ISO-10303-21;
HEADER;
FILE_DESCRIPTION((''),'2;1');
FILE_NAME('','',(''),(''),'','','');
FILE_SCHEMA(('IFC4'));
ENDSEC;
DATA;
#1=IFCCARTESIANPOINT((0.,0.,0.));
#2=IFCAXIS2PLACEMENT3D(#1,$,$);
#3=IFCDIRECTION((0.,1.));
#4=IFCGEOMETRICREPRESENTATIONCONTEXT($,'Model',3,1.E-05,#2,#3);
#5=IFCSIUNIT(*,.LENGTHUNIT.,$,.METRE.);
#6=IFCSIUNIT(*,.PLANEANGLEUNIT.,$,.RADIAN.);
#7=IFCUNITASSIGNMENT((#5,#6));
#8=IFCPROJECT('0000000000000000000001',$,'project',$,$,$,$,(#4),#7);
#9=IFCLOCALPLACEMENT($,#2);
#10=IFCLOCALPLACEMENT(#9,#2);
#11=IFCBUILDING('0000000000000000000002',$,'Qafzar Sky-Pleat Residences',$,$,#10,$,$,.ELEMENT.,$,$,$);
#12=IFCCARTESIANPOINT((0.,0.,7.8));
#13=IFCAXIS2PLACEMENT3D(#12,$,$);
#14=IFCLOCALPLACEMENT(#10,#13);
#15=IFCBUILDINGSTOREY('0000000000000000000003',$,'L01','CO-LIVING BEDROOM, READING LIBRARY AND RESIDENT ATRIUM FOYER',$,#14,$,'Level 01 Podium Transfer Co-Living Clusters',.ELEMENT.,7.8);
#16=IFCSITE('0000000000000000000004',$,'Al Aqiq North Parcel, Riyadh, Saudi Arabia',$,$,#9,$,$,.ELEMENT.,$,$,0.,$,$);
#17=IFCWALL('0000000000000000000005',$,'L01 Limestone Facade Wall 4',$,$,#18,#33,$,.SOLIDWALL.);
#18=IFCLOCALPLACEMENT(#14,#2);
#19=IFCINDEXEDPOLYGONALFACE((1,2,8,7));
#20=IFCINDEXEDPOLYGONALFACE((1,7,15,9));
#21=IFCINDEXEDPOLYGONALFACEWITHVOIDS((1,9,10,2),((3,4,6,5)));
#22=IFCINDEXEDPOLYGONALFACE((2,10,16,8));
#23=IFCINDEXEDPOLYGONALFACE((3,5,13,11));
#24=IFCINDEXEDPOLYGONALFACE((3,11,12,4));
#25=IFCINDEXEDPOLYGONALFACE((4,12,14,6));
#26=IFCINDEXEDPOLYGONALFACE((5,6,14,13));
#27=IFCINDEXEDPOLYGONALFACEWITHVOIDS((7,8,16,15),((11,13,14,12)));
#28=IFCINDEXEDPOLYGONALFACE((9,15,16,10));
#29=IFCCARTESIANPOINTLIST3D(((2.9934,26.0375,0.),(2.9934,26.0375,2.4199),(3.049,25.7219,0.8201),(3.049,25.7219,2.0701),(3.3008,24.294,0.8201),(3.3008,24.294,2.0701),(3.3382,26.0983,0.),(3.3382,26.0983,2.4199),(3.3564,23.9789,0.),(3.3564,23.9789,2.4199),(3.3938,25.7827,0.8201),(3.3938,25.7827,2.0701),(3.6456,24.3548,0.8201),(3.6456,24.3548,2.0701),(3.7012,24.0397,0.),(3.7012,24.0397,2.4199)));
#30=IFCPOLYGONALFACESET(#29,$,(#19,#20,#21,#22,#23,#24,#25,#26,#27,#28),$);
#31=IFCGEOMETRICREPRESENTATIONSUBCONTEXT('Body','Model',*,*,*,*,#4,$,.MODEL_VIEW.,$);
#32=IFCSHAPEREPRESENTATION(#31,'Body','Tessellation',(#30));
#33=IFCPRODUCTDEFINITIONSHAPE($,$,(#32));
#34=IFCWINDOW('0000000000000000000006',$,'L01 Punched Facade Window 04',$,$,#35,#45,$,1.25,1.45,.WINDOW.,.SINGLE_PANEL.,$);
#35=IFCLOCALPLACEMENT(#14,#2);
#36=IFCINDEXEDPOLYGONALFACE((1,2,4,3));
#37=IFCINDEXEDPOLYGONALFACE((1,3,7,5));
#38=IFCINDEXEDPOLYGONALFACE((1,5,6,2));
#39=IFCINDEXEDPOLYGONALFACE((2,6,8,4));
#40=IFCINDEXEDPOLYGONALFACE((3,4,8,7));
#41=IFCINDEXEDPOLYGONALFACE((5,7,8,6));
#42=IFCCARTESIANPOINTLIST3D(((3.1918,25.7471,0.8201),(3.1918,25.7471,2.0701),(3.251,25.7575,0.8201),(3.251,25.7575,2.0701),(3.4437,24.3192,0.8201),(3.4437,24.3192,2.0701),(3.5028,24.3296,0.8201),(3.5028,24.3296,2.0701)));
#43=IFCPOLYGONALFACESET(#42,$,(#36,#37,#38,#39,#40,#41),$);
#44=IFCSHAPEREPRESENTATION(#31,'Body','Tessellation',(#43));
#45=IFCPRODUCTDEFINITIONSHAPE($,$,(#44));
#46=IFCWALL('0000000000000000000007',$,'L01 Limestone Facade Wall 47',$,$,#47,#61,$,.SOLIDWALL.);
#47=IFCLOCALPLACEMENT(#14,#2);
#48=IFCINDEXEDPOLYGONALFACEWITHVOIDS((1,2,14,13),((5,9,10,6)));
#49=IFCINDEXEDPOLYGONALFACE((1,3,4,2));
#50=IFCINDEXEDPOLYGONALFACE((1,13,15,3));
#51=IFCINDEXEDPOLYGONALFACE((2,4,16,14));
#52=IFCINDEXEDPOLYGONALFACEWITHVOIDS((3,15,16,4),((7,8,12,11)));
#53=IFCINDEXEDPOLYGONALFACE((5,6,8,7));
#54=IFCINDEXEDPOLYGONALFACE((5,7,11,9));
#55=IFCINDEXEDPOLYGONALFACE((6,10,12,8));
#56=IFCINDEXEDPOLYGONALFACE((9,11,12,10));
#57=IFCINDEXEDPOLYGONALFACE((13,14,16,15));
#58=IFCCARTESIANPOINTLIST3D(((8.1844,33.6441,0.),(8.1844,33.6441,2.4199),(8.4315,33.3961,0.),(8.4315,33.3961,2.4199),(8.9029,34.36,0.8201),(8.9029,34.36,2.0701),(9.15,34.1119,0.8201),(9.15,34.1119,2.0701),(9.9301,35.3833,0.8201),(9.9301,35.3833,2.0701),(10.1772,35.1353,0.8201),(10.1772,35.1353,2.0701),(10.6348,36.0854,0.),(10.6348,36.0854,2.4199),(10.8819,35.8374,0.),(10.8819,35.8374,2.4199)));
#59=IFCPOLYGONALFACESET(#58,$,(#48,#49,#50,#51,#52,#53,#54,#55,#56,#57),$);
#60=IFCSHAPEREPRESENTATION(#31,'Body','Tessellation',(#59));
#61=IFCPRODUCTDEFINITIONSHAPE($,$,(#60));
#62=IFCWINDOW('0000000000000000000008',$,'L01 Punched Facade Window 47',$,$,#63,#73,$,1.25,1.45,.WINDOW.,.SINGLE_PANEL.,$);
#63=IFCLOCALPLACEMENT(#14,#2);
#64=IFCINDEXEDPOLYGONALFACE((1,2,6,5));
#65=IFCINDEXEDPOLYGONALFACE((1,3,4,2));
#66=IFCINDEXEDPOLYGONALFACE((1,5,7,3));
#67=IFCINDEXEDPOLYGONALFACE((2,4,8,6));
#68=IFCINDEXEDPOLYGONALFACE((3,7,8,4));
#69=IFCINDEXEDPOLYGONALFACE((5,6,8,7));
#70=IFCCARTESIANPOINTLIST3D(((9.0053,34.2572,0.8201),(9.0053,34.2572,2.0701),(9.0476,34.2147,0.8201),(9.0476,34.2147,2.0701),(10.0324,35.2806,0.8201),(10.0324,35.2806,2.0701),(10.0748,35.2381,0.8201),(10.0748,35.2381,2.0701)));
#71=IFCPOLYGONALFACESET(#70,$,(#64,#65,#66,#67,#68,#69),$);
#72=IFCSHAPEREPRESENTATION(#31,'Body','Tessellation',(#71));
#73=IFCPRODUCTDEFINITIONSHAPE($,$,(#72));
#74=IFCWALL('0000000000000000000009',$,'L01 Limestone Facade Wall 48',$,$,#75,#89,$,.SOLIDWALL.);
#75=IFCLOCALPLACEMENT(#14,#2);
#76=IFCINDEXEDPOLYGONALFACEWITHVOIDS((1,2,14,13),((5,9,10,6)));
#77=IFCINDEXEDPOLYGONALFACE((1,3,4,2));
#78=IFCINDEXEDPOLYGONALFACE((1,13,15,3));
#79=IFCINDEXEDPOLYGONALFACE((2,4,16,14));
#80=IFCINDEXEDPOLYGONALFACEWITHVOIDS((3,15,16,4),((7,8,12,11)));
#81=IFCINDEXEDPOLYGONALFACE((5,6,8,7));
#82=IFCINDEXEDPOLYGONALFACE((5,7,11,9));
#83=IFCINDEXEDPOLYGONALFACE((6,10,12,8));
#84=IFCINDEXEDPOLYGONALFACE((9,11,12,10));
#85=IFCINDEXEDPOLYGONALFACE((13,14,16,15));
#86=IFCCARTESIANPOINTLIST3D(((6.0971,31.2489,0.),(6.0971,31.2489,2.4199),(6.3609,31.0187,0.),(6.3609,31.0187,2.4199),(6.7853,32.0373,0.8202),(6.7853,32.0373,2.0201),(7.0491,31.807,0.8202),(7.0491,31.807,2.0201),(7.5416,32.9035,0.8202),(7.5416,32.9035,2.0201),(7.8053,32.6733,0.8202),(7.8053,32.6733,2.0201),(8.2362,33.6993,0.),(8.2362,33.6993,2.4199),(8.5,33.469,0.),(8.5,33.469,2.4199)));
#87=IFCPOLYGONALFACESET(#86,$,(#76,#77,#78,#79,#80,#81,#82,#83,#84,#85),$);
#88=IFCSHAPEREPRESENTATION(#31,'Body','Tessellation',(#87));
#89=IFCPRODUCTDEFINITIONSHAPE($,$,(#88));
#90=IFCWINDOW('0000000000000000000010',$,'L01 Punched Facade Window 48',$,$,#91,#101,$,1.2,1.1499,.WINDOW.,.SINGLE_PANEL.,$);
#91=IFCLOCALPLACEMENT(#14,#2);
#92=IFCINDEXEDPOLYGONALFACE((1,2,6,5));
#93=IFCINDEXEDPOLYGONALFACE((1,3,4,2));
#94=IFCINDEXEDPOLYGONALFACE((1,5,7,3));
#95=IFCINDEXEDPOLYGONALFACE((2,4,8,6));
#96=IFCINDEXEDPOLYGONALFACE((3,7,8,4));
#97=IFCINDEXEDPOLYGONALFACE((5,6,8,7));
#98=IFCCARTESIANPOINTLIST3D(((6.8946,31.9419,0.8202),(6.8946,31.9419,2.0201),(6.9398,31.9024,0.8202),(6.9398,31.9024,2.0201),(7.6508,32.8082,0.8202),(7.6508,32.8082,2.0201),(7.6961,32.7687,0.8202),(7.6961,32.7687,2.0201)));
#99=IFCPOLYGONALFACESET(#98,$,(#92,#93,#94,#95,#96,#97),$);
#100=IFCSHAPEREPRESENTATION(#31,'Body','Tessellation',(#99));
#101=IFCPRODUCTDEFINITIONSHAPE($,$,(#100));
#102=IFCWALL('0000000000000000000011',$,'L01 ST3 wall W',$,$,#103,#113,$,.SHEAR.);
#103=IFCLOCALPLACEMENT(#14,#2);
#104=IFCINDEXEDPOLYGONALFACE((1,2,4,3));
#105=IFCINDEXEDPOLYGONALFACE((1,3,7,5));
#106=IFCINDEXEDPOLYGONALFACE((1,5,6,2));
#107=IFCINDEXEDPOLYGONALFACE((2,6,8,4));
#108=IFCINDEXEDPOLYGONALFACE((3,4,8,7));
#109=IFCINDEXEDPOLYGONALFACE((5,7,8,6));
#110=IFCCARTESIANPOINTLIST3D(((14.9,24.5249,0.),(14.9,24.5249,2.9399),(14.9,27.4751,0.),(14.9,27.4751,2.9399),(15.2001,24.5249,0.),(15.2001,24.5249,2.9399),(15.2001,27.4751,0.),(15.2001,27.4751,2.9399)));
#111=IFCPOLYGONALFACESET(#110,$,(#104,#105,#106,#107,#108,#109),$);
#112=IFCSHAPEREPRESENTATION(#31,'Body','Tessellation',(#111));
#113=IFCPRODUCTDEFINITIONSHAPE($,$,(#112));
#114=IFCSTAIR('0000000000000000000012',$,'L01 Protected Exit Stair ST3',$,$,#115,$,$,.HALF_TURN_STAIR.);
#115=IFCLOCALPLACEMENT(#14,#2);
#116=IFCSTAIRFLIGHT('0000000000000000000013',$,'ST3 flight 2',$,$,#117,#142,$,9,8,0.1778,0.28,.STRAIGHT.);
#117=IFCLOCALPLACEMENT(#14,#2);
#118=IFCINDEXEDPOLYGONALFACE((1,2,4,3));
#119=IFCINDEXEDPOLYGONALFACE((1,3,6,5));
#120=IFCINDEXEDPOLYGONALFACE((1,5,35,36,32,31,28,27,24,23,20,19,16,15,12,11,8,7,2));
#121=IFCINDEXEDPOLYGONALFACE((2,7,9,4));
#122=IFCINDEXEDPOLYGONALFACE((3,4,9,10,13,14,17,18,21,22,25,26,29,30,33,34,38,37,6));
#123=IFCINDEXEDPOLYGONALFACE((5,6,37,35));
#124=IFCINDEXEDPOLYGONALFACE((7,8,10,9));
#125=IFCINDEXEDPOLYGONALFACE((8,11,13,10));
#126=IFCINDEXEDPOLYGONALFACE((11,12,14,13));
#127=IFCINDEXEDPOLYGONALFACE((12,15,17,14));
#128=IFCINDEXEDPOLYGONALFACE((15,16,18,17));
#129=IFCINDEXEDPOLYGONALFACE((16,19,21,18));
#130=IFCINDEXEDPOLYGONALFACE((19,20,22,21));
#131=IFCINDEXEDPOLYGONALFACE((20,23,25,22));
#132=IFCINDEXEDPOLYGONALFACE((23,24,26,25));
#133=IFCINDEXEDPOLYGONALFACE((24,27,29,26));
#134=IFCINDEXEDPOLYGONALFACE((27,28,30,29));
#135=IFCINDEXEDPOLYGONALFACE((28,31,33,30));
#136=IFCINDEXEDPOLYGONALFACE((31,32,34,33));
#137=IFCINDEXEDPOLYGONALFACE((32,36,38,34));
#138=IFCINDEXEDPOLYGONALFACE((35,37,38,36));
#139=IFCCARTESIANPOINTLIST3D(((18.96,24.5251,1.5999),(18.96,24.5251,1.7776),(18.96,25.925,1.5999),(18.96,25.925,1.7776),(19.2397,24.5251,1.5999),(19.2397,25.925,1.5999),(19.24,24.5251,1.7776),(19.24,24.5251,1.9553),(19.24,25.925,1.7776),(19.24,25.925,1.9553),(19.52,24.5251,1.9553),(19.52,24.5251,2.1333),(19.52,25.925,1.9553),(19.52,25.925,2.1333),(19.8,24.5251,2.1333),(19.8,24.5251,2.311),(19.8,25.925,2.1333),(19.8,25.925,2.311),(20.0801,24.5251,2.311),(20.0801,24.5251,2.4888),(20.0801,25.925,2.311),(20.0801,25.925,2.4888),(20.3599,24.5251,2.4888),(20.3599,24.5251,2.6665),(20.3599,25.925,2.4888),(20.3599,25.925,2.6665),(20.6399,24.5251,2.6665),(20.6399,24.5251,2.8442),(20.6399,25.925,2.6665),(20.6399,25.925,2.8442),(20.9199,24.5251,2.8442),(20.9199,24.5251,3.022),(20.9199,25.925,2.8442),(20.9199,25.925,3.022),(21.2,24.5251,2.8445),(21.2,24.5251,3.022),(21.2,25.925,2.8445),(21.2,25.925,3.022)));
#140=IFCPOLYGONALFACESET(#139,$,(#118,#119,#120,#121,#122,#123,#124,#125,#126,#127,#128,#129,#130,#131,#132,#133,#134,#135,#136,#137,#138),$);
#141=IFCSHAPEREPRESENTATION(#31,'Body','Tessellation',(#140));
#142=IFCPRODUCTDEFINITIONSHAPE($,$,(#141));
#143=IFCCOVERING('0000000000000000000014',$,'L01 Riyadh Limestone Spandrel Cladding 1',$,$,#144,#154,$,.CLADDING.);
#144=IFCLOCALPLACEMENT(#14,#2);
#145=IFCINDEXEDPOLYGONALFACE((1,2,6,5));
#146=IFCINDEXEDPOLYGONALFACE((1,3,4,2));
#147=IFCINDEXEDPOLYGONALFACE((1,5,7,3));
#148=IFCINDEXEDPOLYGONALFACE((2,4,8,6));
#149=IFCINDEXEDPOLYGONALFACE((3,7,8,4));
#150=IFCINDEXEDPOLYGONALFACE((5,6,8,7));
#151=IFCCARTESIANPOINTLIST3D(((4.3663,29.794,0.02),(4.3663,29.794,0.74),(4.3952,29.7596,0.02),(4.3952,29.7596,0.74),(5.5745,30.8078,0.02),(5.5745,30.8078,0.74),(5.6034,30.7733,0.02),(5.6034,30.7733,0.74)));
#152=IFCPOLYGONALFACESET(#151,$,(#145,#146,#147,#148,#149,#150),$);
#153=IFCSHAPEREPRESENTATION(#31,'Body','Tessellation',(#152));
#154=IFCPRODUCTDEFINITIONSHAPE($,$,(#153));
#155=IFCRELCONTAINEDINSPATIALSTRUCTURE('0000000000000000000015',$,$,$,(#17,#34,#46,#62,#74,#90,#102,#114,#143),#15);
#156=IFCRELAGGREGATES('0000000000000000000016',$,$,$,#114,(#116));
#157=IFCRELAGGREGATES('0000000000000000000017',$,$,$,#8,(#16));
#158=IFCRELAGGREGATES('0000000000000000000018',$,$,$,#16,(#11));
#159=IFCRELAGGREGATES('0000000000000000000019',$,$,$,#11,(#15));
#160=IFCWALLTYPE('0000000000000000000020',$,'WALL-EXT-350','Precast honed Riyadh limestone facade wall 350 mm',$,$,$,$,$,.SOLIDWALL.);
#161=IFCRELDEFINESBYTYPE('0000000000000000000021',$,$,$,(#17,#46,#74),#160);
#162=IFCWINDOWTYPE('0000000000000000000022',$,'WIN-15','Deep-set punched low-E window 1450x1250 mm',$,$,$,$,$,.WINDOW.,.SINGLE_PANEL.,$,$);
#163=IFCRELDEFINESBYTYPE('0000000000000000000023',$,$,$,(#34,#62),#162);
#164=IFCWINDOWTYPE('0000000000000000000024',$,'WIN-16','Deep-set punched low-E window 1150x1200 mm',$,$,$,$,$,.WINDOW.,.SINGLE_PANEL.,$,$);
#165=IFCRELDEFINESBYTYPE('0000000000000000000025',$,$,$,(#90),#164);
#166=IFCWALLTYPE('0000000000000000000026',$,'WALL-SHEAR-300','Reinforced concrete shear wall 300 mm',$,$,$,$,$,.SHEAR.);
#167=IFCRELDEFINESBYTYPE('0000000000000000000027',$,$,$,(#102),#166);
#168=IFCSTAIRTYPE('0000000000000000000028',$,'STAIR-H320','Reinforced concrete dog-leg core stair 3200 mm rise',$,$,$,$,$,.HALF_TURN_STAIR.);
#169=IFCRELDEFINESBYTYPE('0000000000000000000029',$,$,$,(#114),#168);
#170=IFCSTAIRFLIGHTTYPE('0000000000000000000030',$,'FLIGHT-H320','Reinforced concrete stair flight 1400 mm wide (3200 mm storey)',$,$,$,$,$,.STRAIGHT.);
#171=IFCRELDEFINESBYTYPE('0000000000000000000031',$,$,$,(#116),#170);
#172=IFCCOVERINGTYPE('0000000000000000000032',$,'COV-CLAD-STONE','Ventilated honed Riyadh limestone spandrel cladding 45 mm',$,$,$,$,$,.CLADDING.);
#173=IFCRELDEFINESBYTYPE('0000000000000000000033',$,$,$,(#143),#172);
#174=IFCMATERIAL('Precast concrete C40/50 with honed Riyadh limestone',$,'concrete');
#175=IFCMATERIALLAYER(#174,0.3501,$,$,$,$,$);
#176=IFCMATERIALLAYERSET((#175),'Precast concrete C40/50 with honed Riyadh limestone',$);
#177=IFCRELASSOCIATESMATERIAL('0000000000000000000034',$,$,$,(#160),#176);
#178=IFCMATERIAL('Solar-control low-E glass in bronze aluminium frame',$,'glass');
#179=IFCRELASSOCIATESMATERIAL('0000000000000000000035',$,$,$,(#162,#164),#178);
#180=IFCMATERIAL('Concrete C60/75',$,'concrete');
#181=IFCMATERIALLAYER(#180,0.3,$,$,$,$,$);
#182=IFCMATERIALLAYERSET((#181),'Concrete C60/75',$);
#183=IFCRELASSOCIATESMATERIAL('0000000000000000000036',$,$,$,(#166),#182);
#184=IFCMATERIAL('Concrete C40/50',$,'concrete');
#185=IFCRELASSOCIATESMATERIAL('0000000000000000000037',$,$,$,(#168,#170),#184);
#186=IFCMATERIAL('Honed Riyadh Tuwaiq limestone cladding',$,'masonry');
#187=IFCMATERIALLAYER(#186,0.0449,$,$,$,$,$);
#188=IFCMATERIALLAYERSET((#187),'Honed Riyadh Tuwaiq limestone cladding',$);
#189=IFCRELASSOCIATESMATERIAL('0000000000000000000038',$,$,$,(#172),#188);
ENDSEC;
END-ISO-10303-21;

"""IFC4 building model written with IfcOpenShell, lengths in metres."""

from ifc_helpers import new_model, si_unit, direction, frame, frame_2d, origin, origin_2d, place, context, subcontext, project, spatial, polyline, rectangle, outline, extrude, source, transform, mapped, material, layer, layer_set, type_object, element, fill, aggregate, save


model = new_model("IFC4")

# Units and contexts
model_context = context("Model", 3, precision=1e-05, world=origin(), true_north=direction((0.0, 1.0)))
body_context = subcontext(model_context, "Body", "Model", "MODEL_VIEW")
ifc_project = project(units=[si_unit("LENGTHUNIT", "METRE"), si_unit("PLANEANGLEUNIT", "RADIAN")], contexts=[model_context])

# Site, building, storey
site_placement = place(None, origin())
site = spatial("IfcSite", under=ifc_project, at=site_placement, Name="Al Aqiq North Parcel, Riyadh, Saudi Arabia", CompositionType="ELEMENT", RefElevation=0.0)
building_placement = place(site_placement, origin())
building = spatial("IfcBuilding", under=site, at=building_placement, Name="Qafzar Sky-Pleat Residences", CompositionType="ELEMENT")
storey_placement = place(building_placement, frame((0.0, 0.0, 7.8)))
storey = spatial("IfcBuildingStorey", under=building, at=storey_placement, Name="L01", Description="CO-LIVING BEDROOM, READING LIBRARY AND RESIDENT ATRIUM FOYER", LongName="Level 01 Podium Transfer Co-Living Clusters", CompositionType="ELEMENT", Elevation=7.8)

# Shared definitions
ifc_material_1 = material(Name="Concrete C60/75", Category="concrete")

# Walls, openings, windows
ifc_material_2 = material(Name="Precast concrete C40/50 with honed Riyadh limestone", Category="concrete")
ifc_layer_1 = layer(ifc_material_2, 0.3501)
ifc_layer_set_1 = layer_set([ifc_layer_1], Name="Precast concrete C40/50 with honed Riyadh limestone")
wall_type_1 = type_object("IfcWallType", Name="WALL-EXT-350", Description="Precast honed Riyadh limestone facade wall 350 mm", PredefinedType="SOLIDWALL", material=ifc_layer_set_1)
ifc_material_3 = material(Name="Solar-control low-E glass in bronze aluminium frame", Category="glass")
window_type_1 = type_object("IfcWindowType", Name="WIN-15", Description="Deep-set punched low-E window 1450x1250 mm", PartitioningType="SINGLE_PANEL", PredefinedType="WINDOW", material=ifc_material_3)
shared_shape_1 = source(origin(), body_context, "Body", "SweptSolid", [
    extrude(rectangle(XDim=1.45, YDim=1.25, at=frame_2d((0.7251, 0.625))), frame((0.0, 0.03, 0.0), z_axis=(0.0, -1.0, 0.0), x_axis=(1.0, 0.0, 0.0)), (0.0, 0.0, 1.0), 0.0601),
])
wall_1_placement = place(storey_placement, frame((3.1658, 26.0679, 0.0), z_axis=(0.0, 0.0, 1.0), x_axis=(0.173672, -0.984804, 0.0)))
wall_1 = element("IfcWall", 1, at=wall_1_placement, inside=storey, type_object=wall_type_1, Name="L01 Limestone Facade Wall 4", PredefinedType="SOLIDWALL", context=body_context, shape_type="SweptSolid", body=[
    extrude(rectangle(XDim=2.0903, YDim=0.3501, at=frame_2d((1.0452, 0.0))), origin(), (0.0, 0.0, 1.0), 2.4199),
])
opening_1_placement = place(wall_1_placement, frame((0.3203, 0.0, 0.8201)))
opening_1 = element("IfcOpeningElement", 2, at=opening_1_placement, cuts=wall_1, PredefinedType="OPENING", context=body_context, shape_type="SweptSolid", body=[
    extrude(rectangle(XDim=1.45, YDim=1.25, at=frame_2d((0.7251, 0.625))), frame((0.0, 0.1851, 0.0), z_axis=(0.0, -1.0, 0.0), x_axis=(1.0, 0.0, 0.0)), (0.0, 0.0, 1.0), 0.3701),
])
window_1_placement = place(opening_1_placement, origin())
window_1 = element("IfcWindow", 3, at=window_1_placement, inside=storey, type_object=window_type_1, Name="L01 Punched Facade Window 04", OverallHeight=1.25, OverallWidth=1.45, PartitioningType="SINGLE_PANEL", PredefinedType="WINDOW", context=body_context, shape_type="MappedRepresentation", body=[
    mapped(shared_shape_1, transform((0.0, 0.0, 0.0), x_axis=(1.0, 0.0, 0.0), y_axis=(0.0, 1.0, 0.0), z_axis=(0.0, 0.0, 1.0), scale=1.0)),
])
fill(opening_1, window_1)
wall_2_placement = place(storey_placement, frame((10.7583, 35.9614, 0.0), z_axis=(0.0, 0.0, 1.0), x_axis=(-0.708411, -0.7058, 0.0)))
wall_2 = element("IfcWall", 4, at=wall_2_placement, inside=storey, type_object=wall_type_1, Name="L01 Limestone Facade Wall 47", PredefinedType="SOLIDWALL", context=body_context, shape_type="SweptSolid", body=[
    extrude(rectangle(XDim=3.459, YDim=0.3501, at=frame_2d((1.7295, 0.0))), origin(), (0.0, 0.0, 1.0), 2.4199),
])
opening_2_placement = place(wall_2_placement, frame((0.9946, 0.0, 0.8201)))
opening_2 = element("IfcOpeningElement", 5, at=opening_2_placement, cuts=wall_2, PredefinedType="OPENING", context=body_context, shape_type="SweptSolid", body=[
    extrude(rectangle(XDim=1.45, YDim=1.25, at=frame_2d((0.7251, 0.625))), frame((0.0, 0.1851, 0.0), z_axis=(0.0, -1.0, 0.0), x_axis=(1.0, 0.0, 0.0)), (0.0, 0.0, 1.0), 0.3701),
])
window_2_placement = place(opening_2_placement, origin())
window_2 = element("IfcWindow", 6, at=window_2_placement, inside=storey, type_object=window_type_1, Name="L01 Punched Facade Window 47", OverallHeight=1.25, OverallWidth=1.45, PartitioningType="SINGLE_PANEL", PredefinedType="WINDOW", context=body_context, shape_type="MappedRepresentation", body=[
    mapped(shared_shape_1, transform((0.0, 0.0, 0.0), x_axis=(1.0, 0.0, 0.0), y_axis=(0.0, 1.0, 0.0), z_axis=(0.0, 0.0, 1.0), scale=1.0)),
])
fill(opening_2, window_2)
wall_3_placement = place(storey_placement, frame((8.3682, 33.5842, 0.0), z_axis=(0.0, 0.0, 1.0), x_axis=(-0.657638, -0.753334, 0.0)))
wall_3 = element("IfcWall", 7, at=wall_3_placement, inside=storey, type_object=wall_type_1, Name="L01 Limestone Facade Wall 48", PredefinedType="SOLIDWALL", context=body_context, shape_type="SweptSolid", body=[
    extrude(rectangle(XDim=3.2527, YDim=0.3501, at=frame_2d((1.6265, 0.0))), origin(), (0.0, 0.0, 1.0), 2.4199),
])
opening_3_placement = place(wall_3_placement, frame((1.0564, 0.0, 0.8201)))
opening_3 = element("IfcOpeningElement", 8, at=opening_3_placement, cuts=wall_3, PredefinedType="OPENING", context=body_context, shape_type="SweptSolid", body=[
    extrude(rectangle(XDim=1.1499, YDim=1.2, at=frame_2d((0.575, 0.6001))), frame((0.0, 0.1851, 0.0), z_axis=(0.0, -1.0, 0.0), x_axis=(1.0, 0.0, 0.0)), (0.0, 0.0, 1.0), 0.3701),
])
window_type_2 = type_object("IfcWindowType", Name="WIN-16", Description="Deep-set punched low-E window 1150x1200 mm", PartitioningType="SINGLE_PANEL", PredefinedType="WINDOW", material=ifc_material_3)
shared_shape_2 = source(origin(), body_context, "Body", "SweptSolid", [
    extrude(rectangle(XDim=1.1499, YDim=1.2, at=frame_2d((0.575, 0.6001))), frame((0.0, 0.03, 0.0), z_axis=(0.0, -1.0, 0.0), x_axis=(1.0, 0.0, 0.0)), (0.0, 0.0, 1.0), 0.0601),
])
window_3_placement = place(opening_3_placement, origin())
window_3 = element("IfcWindow", 9, at=window_3_placement, inside=storey, type_object=window_type_2, Name="L01 Punched Facade Window 48", OverallHeight=1.2, OverallWidth=1.1499, PartitioningType="SINGLE_PANEL", PredefinedType="WINDOW", context=body_context, shape_type="MappedRepresentation", body=[
    mapped(shared_shape_2, transform((0.0, 0.0, 0.0), x_axis=(1.0, 0.0, 0.0), y_axis=(0.0, 1.0, 0.0), z_axis=(0.0, 0.0, 1.0), scale=1.0)),
])
fill(opening_3, window_3)

# Wall
ifc_layer_2 = layer(ifc_material_1, 0.3)
ifc_layer_set_2 = layer_set([ifc_layer_2], Name="Concrete C60/75")
wall_type_2 = type_object("IfcWallType", Name="WALL-SHEAR-300", Description="Reinforced concrete shear wall 300 mm", PredefinedType="SHEAR", material=ifc_layer_set_2)
wall_4_placement = place(storey_placement, frame((15.05, 27.4751, 0.0), z_axis=(0.0, 0.0, 1.0), x_axis=(0.0, -1.0, 0.0)))
element("IfcWall", 10, at=wall_4_placement, inside=storey, type_object=wall_type_2, Name="L01 ST3 wall W", PredefinedType="SHEAR", context=body_context, shape_type="SweptSolid", body=[
    extrude(rectangle(XDim=2.9502, YDim=0.3, at=frame_2d((1.4751, 0.0))), origin(), (0.0, 0.0, 1.0), 2.9399),
])

# Stair, stair flight
ifc_material_4 = material(Name="Concrete C40/50", Category="concrete")
stair_type = type_object("IfcStairType", Name="STAIR-H320", Description="Reinforced concrete dog-leg core stair 3200 mm rise", PredefinedType="HALF_TURN_STAIR", material=ifc_material_4)
stair_placement = place(storey_placement, origin())
stair = element("IfcStair", 11, at=stair_placement, inside=storey, type_object=stair_type, Name="L01 Protected Exit Stair ST3", PredefinedType="HALF_TURN_STAIR")
stair_flight_type = type_object("IfcStairFlightType", Name="FLIGHT-H320", Description="Reinforced concrete stair flight 1400 mm wide (3200 mm storey)", PredefinedType="STRAIGHT", material=ifc_material_4)
shared_shape_3 = source(origin(), body_context, "Body", "SweptSolid", [
    extrude(outline(polyline([(0.0, 0.0), (0.0, 0.1777), (0.28, 0.1777), (0.28, 0.3555), (0.5601, 0.3555), (0.5601, 0.5334), (0.8401, 0.5334), (0.8401, 0.7112), (1.1201, 0.7112), (1.1201, 0.8889), (1.3999, 0.8889), (1.3999, 1.0667), (1.6799, 1.0667), (1.6799, 1.2444), (1.96, 1.2444), (1.96, 1.4221), (2.24, 1.4221), (2.24, 1.6001), (2.24, 1.2446), (0.2798, 0.0), (0.0, 0.0)])), frame((0.0, 0.7, 0.0), z_axis=(0.0, -1.0, 0.0), x_axis=(1.0, 0.0, 0.0)), (0.0, 0.0, 1.0), 1.3999),
])
stair_flight_placement = place(storey_placement, frame((18.96, 25.2251, 1.5999), z_axis=(0.0, 0.0, 1.0), x_axis=(1.0, 0.0, 0.0)))
stair_flight = element("IfcStairFlight", 12, at=stair_flight_placement, type_object=stair_flight_type, Name="ST3 flight 2", NumberOfRisers=9, NumberOfTreads=8, PredefinedType="STRAIGHT", RiserHeight=0.1778, TreadLength=0.28, context=body_context, shape_type="MappedRepresentation", body=[
    mapped(shared_shape_3, transform((0.0, 0.0, 0.0), x_axis=(1.0, 0.0, 0.0), y_axis=(0.0, 1.0, 0.0), z_axis=(0.0, 0.0, 1.0), scale=1.0)),
])
aggregate(stair, [stair_flight])

# Covering
ifc_material_5 = material(Name="Honed Riyadh Tuwaiq limestone cladding", Category="masonry")
ifc_layer_3 = layer(ifc_material_5, 0.0449)
ifc_layer_set_3 = layer_set([ifc_layer_3], Name="Honed Riyadh Tuwaiq limestone cladding")
covering_type = type_object("IfcCoveringType", Name="COV-CLAD-STONE", Description="Ventilated honed Riyadh limestone spandrel cladding 45 mm", PredefinedType="CLADDING", material=ifc_layer_set_3)
shared_shape_4 = source(origin(), body_context, "Body", "SweptSolid", [
    extrude(rectangle(XDim=1.5771, YDim=0.0449, at=origin_2d()), origin(), (0.0, 0.0, 1.0), 0.72),
])
covering_1_placement = place(storey_placement, frame((4.9849, 30.2837, 0.02), z_axis=(0.0, 0.0, 1.0), x_axis=(-0.766075, -0.642752, 0.0)))
element("IfcCovering", 13, at=covering_1_placement, inside=storey, type_object=covering_type, Name="L01 Riyadh Limestone Spandrel Cladding 1", PredefinedType="CLADDING", context=body_context, shape_type="MappedRepresentation", body=[
    mapped(shared_shape_4, transform((0.0, 0.0, 0.0), x_axis=(1.0, 0.0, 0.0), y_axis=(0.0, 1.0, 0.0), z_axis=(0.0, 0.0, 1.0), scale=1.0)),
])

save(model, "model.ifc")
